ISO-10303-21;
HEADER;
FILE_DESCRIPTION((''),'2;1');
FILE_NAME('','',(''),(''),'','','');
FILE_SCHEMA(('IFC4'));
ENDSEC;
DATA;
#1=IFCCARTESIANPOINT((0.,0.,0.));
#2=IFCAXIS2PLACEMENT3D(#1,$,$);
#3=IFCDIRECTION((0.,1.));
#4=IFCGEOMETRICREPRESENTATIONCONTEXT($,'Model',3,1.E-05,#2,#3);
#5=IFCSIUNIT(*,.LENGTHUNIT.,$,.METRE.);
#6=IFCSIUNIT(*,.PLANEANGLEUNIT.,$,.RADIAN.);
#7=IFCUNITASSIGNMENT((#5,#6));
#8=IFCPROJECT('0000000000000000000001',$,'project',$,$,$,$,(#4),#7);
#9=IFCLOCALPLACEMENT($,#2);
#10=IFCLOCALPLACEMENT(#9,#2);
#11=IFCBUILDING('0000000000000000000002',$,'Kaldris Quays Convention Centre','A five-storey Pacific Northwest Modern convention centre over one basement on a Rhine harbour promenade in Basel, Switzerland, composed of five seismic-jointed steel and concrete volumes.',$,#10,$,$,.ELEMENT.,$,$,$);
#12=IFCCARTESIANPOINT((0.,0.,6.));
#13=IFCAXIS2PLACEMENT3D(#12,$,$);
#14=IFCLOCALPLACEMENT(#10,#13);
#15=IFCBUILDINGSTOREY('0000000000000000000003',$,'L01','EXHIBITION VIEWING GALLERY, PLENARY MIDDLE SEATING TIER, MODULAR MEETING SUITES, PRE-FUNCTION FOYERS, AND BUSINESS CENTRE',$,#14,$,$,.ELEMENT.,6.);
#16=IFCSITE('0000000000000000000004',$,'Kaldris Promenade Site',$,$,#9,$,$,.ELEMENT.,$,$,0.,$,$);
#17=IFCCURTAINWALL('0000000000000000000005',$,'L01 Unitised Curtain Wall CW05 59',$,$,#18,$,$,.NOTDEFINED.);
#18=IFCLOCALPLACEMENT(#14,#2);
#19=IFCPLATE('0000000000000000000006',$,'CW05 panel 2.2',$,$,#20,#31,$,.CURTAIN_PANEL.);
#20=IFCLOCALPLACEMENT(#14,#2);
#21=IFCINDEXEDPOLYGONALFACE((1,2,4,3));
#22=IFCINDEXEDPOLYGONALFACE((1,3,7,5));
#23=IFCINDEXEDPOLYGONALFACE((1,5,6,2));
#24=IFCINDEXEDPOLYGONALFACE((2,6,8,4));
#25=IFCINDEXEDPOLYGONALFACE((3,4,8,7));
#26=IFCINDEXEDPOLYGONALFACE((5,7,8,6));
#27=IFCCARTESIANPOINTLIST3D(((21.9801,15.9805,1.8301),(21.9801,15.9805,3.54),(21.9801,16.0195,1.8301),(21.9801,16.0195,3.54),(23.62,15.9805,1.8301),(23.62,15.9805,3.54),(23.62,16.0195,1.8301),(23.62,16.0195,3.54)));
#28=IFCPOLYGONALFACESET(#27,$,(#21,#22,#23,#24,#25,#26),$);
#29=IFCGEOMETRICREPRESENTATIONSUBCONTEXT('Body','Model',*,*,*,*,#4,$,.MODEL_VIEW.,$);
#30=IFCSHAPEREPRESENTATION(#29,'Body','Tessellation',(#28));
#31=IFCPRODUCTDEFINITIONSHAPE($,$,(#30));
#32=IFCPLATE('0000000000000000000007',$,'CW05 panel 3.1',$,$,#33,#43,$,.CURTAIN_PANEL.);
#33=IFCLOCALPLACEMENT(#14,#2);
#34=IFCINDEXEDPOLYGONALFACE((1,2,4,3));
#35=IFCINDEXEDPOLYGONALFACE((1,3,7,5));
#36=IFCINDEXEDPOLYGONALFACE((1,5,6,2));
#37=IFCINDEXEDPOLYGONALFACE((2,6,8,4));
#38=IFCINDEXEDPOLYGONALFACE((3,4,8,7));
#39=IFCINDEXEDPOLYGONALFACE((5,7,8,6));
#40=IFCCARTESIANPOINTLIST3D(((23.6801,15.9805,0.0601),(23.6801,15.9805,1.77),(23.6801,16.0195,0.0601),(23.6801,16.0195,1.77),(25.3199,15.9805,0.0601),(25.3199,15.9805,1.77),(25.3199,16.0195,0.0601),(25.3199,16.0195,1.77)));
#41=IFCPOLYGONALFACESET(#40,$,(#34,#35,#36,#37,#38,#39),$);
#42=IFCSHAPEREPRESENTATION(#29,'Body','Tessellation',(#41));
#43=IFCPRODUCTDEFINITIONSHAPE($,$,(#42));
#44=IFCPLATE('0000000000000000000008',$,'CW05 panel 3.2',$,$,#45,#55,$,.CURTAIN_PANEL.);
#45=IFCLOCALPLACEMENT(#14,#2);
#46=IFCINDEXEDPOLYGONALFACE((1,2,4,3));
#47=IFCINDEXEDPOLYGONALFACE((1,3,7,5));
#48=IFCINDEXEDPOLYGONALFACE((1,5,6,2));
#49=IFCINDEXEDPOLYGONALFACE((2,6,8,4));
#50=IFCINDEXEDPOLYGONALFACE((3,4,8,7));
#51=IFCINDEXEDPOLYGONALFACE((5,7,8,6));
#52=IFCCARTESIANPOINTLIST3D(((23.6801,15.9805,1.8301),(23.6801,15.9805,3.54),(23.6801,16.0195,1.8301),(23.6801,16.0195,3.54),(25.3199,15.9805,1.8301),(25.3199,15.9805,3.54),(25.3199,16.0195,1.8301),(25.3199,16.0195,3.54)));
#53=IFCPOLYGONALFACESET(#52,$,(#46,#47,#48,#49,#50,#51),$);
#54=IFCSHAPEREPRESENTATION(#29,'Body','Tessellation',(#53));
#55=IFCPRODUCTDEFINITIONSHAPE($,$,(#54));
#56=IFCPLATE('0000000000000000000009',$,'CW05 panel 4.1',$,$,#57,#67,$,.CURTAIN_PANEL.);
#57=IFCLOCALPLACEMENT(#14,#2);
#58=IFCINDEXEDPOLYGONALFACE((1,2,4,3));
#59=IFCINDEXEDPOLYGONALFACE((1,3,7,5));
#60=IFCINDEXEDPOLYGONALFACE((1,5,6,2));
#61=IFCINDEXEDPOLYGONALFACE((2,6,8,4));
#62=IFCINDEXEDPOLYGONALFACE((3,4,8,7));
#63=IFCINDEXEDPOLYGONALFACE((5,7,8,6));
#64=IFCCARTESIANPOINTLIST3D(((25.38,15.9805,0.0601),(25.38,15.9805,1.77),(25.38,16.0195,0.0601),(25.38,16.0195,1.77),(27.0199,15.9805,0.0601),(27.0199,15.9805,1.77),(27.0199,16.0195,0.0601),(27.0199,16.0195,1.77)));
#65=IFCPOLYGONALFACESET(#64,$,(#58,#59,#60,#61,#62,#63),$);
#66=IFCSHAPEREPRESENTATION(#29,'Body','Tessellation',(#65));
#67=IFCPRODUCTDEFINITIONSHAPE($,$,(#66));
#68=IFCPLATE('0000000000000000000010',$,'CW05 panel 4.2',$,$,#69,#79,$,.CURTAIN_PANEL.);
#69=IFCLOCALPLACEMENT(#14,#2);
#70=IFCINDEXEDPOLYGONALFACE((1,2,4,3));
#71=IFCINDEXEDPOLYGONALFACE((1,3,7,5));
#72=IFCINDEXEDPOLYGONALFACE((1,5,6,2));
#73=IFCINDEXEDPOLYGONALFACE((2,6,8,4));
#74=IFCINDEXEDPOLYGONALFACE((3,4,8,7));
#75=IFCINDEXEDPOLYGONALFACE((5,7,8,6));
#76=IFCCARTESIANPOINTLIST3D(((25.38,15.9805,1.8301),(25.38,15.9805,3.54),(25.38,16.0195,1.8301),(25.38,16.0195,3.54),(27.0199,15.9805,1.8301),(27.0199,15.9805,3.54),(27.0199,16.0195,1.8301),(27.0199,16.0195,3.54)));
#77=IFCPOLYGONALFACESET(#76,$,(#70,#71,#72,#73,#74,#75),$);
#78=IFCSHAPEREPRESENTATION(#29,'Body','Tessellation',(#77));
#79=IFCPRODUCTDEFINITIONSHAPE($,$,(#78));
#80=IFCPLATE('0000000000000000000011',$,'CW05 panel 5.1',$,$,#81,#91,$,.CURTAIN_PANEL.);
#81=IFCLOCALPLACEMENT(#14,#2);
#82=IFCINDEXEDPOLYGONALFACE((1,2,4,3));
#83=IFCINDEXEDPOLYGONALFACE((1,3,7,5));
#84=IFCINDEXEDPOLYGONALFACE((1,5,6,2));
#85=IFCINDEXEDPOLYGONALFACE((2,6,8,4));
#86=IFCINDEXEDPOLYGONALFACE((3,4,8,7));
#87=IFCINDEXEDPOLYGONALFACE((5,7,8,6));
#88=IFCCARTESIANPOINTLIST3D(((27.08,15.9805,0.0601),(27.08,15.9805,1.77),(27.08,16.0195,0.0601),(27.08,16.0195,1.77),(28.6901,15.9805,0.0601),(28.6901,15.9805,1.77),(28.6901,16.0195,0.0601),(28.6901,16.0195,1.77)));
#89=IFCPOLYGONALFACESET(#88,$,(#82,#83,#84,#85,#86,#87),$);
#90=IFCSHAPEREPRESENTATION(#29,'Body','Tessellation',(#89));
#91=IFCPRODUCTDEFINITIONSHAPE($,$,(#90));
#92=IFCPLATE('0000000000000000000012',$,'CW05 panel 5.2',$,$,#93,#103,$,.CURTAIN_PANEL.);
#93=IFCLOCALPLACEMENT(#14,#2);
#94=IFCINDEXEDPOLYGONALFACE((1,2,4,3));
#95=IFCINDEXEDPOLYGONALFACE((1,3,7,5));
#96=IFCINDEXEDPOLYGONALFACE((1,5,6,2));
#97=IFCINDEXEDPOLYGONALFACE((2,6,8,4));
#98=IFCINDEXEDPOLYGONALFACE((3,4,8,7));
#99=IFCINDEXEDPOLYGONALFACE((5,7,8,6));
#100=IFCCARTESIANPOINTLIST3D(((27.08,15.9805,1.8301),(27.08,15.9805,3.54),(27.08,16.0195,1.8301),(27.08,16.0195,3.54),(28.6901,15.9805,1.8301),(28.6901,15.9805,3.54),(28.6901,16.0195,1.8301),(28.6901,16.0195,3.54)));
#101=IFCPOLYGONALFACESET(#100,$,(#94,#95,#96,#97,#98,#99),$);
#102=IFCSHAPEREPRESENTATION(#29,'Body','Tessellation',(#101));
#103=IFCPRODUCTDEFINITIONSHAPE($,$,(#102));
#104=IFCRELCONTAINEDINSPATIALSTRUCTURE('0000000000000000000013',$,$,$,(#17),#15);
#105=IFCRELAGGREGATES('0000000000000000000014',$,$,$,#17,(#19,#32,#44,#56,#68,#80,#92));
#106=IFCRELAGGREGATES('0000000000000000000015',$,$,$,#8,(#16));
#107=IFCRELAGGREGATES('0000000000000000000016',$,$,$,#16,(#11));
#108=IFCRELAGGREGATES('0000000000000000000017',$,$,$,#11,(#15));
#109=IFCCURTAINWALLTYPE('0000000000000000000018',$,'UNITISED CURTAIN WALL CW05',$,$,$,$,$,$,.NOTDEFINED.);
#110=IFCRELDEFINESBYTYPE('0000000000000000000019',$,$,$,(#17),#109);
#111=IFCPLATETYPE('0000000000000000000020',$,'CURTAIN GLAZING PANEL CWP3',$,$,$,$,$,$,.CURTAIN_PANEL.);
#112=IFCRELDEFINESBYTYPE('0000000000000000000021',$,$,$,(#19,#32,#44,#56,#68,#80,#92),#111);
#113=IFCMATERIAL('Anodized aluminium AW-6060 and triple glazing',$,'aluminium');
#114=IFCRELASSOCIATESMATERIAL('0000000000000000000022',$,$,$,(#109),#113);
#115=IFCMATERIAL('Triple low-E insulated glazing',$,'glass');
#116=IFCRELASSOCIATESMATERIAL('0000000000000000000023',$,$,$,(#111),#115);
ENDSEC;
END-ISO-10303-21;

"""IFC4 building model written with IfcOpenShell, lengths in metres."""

from ifc_helpers import new_model, si_unit, direction, frame, origin, origin_2d, place, context, subcontext, project, spatial, rectangle, extrude, material, type_object, element, aggregate, save


model = new_model("IFC4")

# Units and contexts
model_context = context("Model", 3, precision=1e-05, world=origin(), true_north=direction((0.0, 1.0)))
body_context = subcontext(model_context, "Body", "Model", "MODEL_VIEW")
ifc_project = project(units=[si_unit("LENGTHUNIT", "METRE"), si_unit("PLANEANGLEUNIT", "RADIAN")], contexts=[model_context])

# Site, building, storey
site_placement = place(None, origin())
site = spatial("IfcSite", under=ifc_project, at=site_placement, Name="Kaldris Promenade Site", CompositionType="ELEMENT", RefElevation=0.0)
building_placement = place(site_placement, origin())
building = spatial("IfcBuilding", under=site, at=building_placement, Name="Kaldris Quays Convention Centre", Description="A five-storey Pacific Northwest Modern convention centre over one basement on a Rhine harbour promenade in Basel, Switzerland, composed of five seismic-jointed steel and concrete volumes.", CompositionType="ELEMENT")
storey_placement = place(building_placement, frame((0.0, 0.0, 6.0)))
storey = spatial("IfcBuildingStorey", under=building, at=storey_placement, Name="L01", Description="EXHIBITION VIEWING GALLERY, PLENARY MIDDLE SEATING TIER, MODULAR MEETING SUITES, PRE-FUNCTION FOYERS, AND BUSINESS CENTRE", CompositionType="ELEMENT", Elevation=6.0)

# Curtain wall
ifc_material_1 = material(Name="Anodized aluminium AW-6060 and triple glazing", Category="aluminium")
curtain_wall_type = type_object("IfcCurtainWallType", Name="UNITISED CURTAIN WALL CW05", PredefinedType="NOTDEFINED", material=ifc_material_1)
curtain_wall_1_placement = place(storey_placement, origin())
curtain_wall_1 = element("IfcCurtainWall", 1, at=curtain_wall_1_placement, inside=storey, type_object=curtain_wall_type, Name="L01 Unitised Curtain Wall CW05 59", PredefinedType="NOTDEFINED")

# Plates
ifc_material_2 = material(Name="Triple low-E insulated glazing", Category="glass")
plate_type = type_object("IfcPlateType", Name="CURTAIN GLAZING PANEL CWP3", PredefinedType="CURTAIN_PANEL", material=ifc_material_2)
plate_1_placement = place(storey_placement, frame((22.8, 16.0, 1.8301), z_axis=(0.0, 0.0, 1.0), x_axis=(1.0, 0.0, 0.0)))
plate_1 = element("IfcPlate", 2, at=plate_1_placement, type_object=plate_type, Name="CW05 panel 2.2", PredefinedType="CURTAIN_PANEL", context=body_context, shape_type="SweptSolid", body=[
    extrude(rectangle(XDim=1.6399, YDim=0.0391, at=origin_2d()), origin(), (0.0, 0.0, 1.0), 1.71),
])
plate_2_placement = place(storey_placement, frame((24.5, 16.0, 0.0601), z_axis=(0.0, 0.0, 1.0), x_axis=(1.0, 0.0, 0.0)))
plate_2 = element("IfcPlate", 3, at=plate_2_placement, type_object=plate_type, Name="CW05 panel 3.1", PredefinedType="CURTAIN_PANEL", context=body_context, shape_type="SweptSolid", body=[
    extrude(rectangle(XDim=1.6399, YDim=0.0391, at=origin_2d()), origin(), (0.0, 0.0, 1.0), 1.71),
])
plate_3_placement = place(storey_placement, frame((24.5, 16.0, 1.8301), z_axis=(0.0, 0.0, 1.0), x_axis=(1.0, 0.0, 0.0)))
plate_3 = element("IfcPlate", 4, at=plate_3_placement, type_object=plate_type, Name="CW05 panel 3.2", PredefinedType="CURTAIN_PANEL", context=body_context, shape_type="SweptSolid", body=[
    extrude(rectangle(XDim=1.6399, YDim=0.0391, at=origin_2d()), origin(), (0.0, 0.0, 1.0), 1.71),
])
plate_4_placement = place(storey_placement, frame((26.2, 16.0, 0.0601), z_axis=(0.0, 0.0, 1.0), x_axis=(1.0, 0.0, 0.0)))
plate_4 = element("IfcPlate", 5, at=plate_4_placement, type_object=plate_type, Name="CW05 panel 4.1", PredefinedType="CURTAIN_PANEL", context=body_context, shape_type="SweptSolid", body=[
    extrude(rectangle(XDim=1.6399, YDim=0.0391, at=origin_2d()), origin(), (0.0, 0.0, 1.0), 1.71),
])
plate_5_placement = place(storey_placement, frame((26.2, 16.0, 1.8301), z_axis=(0.0, 0.0, 1.0), x_axis=(1.0, 0.0, 0.0)))
plate_5 = element("IfcPlate", 6, at=plate_5_placement, type_object=plate_type, Name="CW05 panel 4.2", PredefinedType="CURTAIN_PANEL", context=body_context, shape_type="SweptSolid", body=[
    extrude(rectangle(XDim=1.6399, YDim=0.0391, at=origin_2d()), origin(), (0.0, 0.0, 1.0), 1.71),
])
plate_6_placement = place(storey_placement, frame((27.885, 16.0, 0.0601), z_axis=(0.0, 0.0, 1.0), x_axis=(1.0, 0.0, 0.0)))
plate_6 = element("IfcPlate", 7, at=plate_6_placement, type_object=plate_type, Name="CW05 panel 5.1", PredefinedType="CURTAIN_PANEL", context=body_context, shape_type="SweptSolid", body=[
    extrude(rectangle(XDim=1.6101, YDim=0.0391, at=origin_2d()), origin(), (0.0, 0.0, 1.0), 1.71),
])
plate_7_placement = place(storey_placement, frame((27.885, 16.0, 1.8301), z_axis=(0.0, 0.0, 1.0), x_axis=(1.0, 0.0, 0.0)))
plate_7 = element("IfcPlate", 8, at=plate_7_placement, type_object=plate_type, Name="CW05 panel 5.2", PredefinedType="CURTAIN_PANEL", context=body_context, shape_type="SweptSolid", body=[
    extrude(rectangle(XDim=1.6101, YDim=0.0391, at=origin_2d()), origin(), (0.0, 0.0, 1.0), 1.71),
])
aggregate(curtain_wall_1, [plate_1, plate_2, plate_3, plate_4, plate_5, plate_6, plate_7])

save(model, "model.ifc")
